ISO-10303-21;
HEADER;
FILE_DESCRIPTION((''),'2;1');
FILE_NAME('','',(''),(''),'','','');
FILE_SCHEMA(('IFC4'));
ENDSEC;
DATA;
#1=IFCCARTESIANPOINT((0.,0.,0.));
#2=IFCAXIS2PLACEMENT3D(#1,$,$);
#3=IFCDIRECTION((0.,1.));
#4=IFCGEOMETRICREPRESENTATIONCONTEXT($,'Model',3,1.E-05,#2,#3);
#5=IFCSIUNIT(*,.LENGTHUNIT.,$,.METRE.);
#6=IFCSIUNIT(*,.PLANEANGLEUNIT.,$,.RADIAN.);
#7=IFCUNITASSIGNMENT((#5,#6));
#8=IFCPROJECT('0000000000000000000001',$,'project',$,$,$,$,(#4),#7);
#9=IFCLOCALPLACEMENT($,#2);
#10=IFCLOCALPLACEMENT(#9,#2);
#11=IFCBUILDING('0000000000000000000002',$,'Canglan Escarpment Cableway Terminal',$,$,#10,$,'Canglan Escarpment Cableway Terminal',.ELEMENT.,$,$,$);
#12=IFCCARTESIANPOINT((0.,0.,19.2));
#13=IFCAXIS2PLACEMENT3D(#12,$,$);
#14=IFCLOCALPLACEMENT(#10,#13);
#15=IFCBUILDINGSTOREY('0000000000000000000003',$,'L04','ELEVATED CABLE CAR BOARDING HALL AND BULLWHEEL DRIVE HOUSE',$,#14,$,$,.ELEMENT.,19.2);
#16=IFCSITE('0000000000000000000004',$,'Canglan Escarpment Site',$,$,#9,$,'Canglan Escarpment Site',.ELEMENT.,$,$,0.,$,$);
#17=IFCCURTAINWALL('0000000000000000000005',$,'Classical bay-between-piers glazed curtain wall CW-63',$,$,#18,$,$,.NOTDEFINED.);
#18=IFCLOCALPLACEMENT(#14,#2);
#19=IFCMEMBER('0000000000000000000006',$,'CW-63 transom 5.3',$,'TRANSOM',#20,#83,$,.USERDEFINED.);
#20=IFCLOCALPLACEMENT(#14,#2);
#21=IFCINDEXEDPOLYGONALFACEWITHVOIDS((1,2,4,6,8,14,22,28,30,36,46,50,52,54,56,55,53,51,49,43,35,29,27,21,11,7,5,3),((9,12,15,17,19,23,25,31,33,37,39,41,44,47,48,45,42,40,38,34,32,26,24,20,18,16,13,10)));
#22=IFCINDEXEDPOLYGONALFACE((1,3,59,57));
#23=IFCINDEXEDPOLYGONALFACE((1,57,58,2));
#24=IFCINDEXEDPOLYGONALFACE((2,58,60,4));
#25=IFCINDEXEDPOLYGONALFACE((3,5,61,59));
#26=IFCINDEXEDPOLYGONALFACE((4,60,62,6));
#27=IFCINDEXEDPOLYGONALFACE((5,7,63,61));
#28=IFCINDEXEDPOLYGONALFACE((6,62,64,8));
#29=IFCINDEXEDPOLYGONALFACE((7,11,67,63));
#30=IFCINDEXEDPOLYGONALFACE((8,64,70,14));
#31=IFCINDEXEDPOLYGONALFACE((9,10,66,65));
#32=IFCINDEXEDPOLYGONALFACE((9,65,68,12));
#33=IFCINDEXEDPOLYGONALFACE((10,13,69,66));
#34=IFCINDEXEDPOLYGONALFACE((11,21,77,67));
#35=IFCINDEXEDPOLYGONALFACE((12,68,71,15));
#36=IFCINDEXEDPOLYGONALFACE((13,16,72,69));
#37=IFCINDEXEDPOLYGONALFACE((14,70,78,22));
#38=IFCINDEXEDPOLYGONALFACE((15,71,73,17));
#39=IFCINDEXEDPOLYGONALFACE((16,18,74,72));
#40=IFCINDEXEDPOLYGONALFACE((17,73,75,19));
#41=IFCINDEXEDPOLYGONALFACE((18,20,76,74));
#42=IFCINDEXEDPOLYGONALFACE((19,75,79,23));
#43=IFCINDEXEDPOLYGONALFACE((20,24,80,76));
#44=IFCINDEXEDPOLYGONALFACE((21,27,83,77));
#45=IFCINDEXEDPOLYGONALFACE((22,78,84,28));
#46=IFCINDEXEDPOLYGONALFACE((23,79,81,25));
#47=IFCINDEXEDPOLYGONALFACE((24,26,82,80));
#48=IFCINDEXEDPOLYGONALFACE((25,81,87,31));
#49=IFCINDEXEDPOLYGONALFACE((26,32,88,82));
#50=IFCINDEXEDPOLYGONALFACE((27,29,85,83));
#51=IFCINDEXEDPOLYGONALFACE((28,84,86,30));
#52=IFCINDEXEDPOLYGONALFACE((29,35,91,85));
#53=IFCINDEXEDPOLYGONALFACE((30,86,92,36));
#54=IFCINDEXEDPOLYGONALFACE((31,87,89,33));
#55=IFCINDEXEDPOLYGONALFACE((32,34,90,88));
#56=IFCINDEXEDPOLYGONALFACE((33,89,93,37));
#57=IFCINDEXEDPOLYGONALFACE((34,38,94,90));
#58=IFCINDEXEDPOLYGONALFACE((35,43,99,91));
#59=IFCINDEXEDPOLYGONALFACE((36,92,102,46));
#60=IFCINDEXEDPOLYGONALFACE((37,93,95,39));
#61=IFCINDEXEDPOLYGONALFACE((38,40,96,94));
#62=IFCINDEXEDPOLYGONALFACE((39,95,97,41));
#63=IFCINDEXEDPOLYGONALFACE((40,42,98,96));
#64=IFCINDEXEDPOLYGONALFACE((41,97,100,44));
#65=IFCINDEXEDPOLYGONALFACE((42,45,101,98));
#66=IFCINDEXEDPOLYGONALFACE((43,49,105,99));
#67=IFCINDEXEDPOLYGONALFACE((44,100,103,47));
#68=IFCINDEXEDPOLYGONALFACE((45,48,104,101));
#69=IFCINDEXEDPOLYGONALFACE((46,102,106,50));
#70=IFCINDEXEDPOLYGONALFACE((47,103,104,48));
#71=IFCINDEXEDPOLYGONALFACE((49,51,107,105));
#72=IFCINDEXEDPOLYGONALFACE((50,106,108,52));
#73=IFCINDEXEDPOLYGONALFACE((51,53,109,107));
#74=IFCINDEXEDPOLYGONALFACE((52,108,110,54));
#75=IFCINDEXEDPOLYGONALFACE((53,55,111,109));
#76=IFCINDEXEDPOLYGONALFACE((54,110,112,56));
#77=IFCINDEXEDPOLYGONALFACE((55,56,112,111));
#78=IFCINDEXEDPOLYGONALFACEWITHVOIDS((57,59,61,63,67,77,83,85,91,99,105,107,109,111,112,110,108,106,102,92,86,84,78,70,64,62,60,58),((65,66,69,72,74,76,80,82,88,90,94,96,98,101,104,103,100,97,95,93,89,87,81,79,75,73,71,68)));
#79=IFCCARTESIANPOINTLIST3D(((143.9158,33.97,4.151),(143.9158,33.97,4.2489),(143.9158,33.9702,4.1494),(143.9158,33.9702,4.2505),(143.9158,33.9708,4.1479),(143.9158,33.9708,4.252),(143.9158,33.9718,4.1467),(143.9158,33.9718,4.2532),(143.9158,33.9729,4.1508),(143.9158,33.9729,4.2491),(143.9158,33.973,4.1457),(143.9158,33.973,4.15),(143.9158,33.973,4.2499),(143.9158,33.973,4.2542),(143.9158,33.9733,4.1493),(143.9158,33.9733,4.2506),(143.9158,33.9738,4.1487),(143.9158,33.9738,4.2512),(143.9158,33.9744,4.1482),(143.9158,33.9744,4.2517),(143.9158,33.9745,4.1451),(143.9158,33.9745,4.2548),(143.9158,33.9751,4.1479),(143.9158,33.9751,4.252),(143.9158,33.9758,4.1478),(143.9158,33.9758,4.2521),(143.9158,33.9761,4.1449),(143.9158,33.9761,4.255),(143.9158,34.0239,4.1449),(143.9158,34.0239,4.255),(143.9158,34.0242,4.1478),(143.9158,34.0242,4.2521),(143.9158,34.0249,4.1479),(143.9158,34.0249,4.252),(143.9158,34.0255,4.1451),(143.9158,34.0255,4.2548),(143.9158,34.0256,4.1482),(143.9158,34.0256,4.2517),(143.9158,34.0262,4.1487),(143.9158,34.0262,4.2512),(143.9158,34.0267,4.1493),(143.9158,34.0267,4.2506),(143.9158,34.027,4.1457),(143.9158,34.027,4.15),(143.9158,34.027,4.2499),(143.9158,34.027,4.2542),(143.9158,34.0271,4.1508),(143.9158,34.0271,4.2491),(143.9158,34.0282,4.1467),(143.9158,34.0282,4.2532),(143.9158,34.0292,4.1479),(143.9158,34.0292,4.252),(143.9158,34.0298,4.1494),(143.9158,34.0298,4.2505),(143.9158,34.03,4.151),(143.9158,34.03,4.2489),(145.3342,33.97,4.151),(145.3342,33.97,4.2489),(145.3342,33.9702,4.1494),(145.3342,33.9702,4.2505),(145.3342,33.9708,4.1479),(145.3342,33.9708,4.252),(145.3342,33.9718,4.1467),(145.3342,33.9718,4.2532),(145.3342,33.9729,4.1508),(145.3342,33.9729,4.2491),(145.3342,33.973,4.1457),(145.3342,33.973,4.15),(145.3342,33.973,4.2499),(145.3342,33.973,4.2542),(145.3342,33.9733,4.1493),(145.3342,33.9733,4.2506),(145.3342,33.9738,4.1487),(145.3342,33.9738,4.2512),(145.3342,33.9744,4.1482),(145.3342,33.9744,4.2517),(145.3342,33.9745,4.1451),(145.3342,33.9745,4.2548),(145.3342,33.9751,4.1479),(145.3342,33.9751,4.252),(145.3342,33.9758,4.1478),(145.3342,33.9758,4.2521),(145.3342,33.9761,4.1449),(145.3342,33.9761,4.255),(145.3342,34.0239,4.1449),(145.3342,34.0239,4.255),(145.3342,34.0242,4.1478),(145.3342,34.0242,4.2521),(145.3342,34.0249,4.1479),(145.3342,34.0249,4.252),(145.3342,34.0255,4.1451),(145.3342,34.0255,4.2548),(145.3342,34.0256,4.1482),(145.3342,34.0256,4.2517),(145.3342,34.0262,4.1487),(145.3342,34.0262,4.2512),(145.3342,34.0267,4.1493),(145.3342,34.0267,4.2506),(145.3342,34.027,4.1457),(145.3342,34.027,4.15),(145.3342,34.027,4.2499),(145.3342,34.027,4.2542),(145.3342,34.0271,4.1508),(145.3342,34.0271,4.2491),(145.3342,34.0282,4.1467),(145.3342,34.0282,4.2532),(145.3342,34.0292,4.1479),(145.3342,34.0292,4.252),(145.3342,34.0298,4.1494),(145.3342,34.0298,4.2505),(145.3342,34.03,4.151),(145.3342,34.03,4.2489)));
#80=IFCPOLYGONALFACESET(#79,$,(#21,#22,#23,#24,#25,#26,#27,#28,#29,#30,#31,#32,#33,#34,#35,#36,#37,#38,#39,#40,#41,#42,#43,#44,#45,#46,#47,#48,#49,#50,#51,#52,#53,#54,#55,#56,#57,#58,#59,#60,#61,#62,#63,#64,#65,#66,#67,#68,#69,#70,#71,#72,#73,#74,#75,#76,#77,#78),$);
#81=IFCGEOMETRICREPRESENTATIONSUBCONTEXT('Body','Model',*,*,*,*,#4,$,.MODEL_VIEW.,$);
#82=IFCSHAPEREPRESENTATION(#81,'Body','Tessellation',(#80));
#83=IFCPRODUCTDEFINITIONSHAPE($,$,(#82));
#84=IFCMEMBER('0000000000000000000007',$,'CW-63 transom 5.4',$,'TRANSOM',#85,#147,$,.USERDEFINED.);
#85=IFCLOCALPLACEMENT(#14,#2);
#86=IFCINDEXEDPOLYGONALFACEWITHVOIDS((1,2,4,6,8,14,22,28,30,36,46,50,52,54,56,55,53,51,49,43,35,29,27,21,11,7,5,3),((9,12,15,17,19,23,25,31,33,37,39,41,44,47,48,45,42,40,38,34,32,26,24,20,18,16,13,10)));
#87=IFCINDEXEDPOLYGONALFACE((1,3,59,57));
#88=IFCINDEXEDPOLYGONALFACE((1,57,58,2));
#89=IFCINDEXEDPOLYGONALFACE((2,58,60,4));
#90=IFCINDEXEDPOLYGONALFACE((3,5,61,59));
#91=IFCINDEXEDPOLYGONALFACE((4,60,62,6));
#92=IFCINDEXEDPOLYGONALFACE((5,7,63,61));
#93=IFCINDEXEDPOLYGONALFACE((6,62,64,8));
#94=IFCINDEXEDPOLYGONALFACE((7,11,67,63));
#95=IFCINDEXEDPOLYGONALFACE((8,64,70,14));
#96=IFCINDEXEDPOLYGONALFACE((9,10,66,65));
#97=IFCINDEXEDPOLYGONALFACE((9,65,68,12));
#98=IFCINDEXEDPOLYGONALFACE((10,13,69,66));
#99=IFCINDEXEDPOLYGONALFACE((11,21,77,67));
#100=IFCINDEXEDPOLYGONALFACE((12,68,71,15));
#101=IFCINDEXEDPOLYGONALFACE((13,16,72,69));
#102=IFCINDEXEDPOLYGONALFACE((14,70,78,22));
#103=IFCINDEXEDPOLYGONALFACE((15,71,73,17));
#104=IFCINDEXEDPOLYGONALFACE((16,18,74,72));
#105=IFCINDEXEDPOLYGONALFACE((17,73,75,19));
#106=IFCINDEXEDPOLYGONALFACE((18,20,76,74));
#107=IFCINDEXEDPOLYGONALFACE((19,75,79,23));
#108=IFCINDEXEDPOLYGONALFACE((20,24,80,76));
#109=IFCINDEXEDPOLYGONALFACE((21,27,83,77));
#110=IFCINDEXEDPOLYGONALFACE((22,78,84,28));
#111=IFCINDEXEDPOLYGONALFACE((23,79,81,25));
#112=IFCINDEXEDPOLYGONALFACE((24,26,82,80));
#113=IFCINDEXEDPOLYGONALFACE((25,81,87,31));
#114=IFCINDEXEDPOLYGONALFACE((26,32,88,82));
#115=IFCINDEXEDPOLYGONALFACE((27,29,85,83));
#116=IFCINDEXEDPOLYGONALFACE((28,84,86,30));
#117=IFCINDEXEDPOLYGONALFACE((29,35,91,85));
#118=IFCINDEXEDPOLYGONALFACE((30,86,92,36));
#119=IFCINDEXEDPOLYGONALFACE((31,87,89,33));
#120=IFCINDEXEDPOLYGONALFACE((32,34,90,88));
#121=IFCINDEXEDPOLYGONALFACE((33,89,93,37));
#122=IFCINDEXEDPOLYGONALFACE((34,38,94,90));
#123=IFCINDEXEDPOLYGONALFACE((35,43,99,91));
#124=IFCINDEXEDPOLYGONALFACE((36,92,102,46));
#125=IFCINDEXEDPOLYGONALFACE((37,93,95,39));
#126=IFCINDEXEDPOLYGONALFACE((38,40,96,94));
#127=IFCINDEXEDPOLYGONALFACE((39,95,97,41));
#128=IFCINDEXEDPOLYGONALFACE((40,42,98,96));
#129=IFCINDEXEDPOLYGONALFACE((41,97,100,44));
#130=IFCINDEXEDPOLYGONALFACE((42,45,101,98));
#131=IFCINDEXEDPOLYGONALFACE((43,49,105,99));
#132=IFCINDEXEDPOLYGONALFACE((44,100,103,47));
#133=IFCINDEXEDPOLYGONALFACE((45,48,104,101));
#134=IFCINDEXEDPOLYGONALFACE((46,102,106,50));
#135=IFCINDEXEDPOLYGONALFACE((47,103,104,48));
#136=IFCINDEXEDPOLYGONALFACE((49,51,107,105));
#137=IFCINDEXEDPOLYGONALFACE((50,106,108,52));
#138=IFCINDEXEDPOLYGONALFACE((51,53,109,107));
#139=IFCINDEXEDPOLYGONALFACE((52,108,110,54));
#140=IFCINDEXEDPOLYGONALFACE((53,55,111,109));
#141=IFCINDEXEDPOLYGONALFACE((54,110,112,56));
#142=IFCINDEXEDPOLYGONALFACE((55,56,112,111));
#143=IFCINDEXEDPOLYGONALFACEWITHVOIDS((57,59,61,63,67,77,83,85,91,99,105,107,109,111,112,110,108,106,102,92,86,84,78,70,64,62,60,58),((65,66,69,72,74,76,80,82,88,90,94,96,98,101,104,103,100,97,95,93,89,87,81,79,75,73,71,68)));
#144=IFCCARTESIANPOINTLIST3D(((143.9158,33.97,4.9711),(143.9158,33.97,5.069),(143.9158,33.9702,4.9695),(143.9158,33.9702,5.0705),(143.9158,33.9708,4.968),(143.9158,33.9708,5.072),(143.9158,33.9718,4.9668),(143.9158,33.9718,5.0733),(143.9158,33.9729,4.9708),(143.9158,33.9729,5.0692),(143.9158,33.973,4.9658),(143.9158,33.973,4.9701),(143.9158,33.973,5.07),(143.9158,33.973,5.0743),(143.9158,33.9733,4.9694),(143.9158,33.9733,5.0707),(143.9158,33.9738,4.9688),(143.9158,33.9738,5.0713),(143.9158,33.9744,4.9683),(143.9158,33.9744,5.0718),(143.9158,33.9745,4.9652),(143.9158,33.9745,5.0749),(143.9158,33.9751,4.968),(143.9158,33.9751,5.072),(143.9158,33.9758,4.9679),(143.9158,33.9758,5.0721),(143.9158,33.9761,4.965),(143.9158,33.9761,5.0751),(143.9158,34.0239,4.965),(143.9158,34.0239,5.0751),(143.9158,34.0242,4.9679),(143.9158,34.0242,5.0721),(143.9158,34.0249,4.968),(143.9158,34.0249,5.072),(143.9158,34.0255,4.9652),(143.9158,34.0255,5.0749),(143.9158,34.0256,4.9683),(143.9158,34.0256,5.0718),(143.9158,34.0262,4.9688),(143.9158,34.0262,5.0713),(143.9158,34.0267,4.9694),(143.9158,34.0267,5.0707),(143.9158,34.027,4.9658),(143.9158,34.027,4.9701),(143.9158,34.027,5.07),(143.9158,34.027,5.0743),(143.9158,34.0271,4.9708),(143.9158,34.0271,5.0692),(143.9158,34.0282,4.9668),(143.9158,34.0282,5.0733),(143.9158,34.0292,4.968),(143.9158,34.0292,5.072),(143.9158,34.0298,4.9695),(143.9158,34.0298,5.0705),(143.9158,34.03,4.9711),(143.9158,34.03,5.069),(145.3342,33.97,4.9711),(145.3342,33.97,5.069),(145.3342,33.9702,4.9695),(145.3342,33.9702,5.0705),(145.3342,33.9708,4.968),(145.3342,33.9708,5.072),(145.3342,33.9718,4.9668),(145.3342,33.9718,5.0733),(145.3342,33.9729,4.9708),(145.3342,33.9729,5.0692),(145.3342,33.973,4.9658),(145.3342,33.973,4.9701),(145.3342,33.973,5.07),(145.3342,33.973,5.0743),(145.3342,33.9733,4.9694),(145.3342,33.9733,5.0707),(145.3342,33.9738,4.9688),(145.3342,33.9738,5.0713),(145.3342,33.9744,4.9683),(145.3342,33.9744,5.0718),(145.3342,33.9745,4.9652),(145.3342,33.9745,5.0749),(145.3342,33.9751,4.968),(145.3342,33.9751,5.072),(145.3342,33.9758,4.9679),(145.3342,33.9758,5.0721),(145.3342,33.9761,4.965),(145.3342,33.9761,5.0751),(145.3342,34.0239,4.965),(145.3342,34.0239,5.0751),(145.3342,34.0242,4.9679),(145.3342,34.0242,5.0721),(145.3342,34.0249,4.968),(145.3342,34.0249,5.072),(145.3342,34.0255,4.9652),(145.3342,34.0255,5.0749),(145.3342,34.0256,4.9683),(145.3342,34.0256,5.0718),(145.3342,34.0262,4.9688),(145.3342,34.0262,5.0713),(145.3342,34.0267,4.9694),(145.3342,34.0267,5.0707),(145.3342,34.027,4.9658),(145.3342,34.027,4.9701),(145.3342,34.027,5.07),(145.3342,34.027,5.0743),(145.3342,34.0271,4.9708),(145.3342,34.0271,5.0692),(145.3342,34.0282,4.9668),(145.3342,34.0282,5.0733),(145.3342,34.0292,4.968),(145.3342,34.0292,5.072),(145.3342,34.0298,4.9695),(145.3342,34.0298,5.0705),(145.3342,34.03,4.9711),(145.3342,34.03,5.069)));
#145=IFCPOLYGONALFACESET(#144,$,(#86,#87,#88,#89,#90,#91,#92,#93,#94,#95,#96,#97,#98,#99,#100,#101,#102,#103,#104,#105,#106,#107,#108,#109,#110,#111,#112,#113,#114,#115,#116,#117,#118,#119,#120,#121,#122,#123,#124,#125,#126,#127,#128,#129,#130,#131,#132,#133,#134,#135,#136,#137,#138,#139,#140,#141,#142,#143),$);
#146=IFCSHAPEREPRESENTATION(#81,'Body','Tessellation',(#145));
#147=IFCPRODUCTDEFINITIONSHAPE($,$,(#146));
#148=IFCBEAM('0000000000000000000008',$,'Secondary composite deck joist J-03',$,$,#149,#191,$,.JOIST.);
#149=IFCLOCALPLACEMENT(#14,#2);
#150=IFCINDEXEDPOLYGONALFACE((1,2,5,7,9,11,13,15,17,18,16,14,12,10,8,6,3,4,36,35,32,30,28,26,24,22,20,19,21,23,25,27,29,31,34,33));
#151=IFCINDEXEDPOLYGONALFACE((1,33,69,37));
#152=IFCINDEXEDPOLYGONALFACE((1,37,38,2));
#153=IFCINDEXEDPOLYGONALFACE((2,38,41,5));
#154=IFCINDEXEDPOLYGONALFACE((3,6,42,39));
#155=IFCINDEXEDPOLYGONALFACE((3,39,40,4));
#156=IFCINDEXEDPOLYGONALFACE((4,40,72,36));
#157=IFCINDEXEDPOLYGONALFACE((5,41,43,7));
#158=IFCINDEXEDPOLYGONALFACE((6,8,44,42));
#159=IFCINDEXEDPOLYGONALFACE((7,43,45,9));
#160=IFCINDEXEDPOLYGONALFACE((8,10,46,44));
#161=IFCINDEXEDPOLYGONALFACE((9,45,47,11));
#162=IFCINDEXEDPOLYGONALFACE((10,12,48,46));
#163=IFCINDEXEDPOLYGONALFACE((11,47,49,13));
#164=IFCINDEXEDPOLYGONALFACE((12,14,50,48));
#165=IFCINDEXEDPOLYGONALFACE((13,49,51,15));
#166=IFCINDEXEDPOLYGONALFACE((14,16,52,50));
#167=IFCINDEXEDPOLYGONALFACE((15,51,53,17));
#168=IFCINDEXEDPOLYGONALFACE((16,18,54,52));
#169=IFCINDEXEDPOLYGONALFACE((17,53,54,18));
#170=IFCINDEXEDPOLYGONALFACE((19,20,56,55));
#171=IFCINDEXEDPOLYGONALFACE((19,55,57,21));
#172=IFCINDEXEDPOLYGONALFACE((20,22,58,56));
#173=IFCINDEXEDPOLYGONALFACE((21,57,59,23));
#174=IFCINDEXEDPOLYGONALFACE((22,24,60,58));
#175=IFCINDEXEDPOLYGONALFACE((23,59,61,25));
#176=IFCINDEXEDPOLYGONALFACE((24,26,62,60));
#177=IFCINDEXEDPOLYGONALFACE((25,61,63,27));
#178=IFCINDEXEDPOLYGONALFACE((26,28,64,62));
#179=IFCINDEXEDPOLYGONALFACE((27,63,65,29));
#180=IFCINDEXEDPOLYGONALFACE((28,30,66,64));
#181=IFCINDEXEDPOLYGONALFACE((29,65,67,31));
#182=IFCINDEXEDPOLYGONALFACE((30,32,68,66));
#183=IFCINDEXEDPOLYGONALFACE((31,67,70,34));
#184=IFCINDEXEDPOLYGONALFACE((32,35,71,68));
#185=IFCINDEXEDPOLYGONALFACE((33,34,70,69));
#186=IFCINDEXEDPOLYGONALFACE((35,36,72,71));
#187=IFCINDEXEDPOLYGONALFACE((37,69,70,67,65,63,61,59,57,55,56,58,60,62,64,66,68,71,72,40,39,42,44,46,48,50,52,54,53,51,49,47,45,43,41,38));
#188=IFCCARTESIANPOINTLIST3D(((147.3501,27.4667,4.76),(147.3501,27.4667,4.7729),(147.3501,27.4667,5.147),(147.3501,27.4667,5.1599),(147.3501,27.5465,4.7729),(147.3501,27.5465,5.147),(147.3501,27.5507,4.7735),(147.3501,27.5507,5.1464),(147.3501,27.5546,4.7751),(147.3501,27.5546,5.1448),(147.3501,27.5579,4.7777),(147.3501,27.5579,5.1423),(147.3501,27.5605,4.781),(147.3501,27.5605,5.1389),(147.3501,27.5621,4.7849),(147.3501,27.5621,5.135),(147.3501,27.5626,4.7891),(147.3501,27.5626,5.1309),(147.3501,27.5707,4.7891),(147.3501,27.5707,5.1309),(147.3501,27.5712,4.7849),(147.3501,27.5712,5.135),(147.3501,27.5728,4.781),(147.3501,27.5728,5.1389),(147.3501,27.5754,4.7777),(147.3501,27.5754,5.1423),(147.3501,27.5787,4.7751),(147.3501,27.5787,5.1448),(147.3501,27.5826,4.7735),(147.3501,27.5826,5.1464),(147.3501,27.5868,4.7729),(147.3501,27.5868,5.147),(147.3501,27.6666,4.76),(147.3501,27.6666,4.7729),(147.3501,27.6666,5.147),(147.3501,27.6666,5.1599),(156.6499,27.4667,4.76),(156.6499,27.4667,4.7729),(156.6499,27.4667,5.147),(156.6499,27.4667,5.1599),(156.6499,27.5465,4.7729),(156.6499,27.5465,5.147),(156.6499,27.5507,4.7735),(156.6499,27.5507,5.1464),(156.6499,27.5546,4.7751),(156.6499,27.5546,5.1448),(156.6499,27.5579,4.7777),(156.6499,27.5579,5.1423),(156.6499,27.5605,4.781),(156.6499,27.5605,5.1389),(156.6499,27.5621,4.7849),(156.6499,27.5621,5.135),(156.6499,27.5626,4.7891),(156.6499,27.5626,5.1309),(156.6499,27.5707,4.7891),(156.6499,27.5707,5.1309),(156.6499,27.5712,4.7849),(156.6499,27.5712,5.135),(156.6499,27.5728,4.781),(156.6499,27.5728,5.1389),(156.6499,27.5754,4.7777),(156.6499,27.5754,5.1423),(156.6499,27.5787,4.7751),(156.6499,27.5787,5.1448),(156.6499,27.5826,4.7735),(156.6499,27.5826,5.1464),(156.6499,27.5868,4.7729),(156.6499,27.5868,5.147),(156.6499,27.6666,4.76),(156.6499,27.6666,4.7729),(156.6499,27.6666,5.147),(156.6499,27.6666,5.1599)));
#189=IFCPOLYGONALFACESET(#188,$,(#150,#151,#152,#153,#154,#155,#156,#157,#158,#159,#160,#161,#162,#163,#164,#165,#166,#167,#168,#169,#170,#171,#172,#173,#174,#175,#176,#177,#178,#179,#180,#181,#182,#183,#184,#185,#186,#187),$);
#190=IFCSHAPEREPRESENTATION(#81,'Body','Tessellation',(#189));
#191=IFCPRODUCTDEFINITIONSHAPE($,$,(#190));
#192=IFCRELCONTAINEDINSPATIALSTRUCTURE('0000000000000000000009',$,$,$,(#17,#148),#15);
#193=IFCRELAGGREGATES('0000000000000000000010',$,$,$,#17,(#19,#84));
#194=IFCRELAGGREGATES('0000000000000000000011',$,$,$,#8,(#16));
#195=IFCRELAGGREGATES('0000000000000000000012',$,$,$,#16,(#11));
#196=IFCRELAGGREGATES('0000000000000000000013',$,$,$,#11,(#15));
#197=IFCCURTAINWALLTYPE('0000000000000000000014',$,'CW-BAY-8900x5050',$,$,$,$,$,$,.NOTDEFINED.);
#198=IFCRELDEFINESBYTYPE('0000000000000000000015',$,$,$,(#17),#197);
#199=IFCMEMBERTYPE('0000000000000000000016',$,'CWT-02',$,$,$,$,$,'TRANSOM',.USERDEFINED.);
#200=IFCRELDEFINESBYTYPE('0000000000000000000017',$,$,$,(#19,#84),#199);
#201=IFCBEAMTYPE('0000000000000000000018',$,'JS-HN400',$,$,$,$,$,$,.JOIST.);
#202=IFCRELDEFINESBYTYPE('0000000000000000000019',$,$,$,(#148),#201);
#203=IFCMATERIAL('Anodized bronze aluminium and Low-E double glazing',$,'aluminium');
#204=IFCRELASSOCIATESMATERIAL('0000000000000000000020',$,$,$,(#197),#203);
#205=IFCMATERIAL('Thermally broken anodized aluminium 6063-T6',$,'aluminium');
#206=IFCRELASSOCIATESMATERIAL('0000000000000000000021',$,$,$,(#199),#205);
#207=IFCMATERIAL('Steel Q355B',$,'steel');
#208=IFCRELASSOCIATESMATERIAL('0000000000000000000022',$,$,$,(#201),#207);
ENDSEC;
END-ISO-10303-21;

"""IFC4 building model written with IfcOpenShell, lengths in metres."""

from ifc_helpers import new_model, si_unit, direction, frame, origin, origin_2d, place, context, subcontext, project, spatial, hollow_rectangle, i_section, extrude, material, material_profile, profile_set, type_object, element, aggregate, save


model = new_model("IFC4")

# Units and contexts
model_context = context("Model", 3, precision=1e-05, world=origin(), true_north=direction((0.0, 1.0)))
body_context = subcontext(model_context, "Body", "Model", "MODEL_VIEW")
ifc_project = project(units=[si_unit("LENGTHUNIT", "METRE"), si_unit("PLANEANGLEUNIT", "RADIAN")], contexts=[model_context])

# Site, building, storey
site_placement = place(None, origin())
site = spatial("IfcSite", under=ifc_project, at=site_placement, Name="Canglan Escarpment Site", LongName="Canglan Escarpment Site", CompositionType="ELEMENT", RefElevation=0.0)
building_placement = place(site_placement, origin())
building = spatial("IfcBuilding", under=site, at=building_placement, Name="Canglan Escarpment Cableway Terminal", LongName="Canglan Escarpment Cableway Terminal", CompositionType="ELEMENT")
storey_placement = place(building_placement, frame((0.0, 0.0, 19.2)))
storey = spatial("IfcBuildingStorey", under=building, at=storey_placement, Name="L04", Description="ELEVATED CABLE CAR BOARDING HALL AND BULLWHEEL DRIVE HOUSE", CompositionType="ELEMENT", Elevation=19.2)

# Shared definitions
ifc_material_1 = material(Name="Steel Q355B", Category="steel")

# Curtain wall
ifc_material_2 = material(Name="Anodized bronze aluminium and Low-E double glazing", Category="aluminium")
ifc_material_3 = material(Name="Thermally broken anodized aluminium 6063-T6", Category="aluminium")
curtain_wall_type_1 = type_object("IfcCurtainWallType", Name="CW-BAY-8900x5050", PredefinedType="NOTDEFINED", material=ifc_material_2)
curtain_wall_1_placement = place(storey_placement, origin())
curtain_wall_1 = element("IfcCurtainWall", 1, at=curtain_wall_1_placement, inside=storey, type_object=curtain_wall_type_1, Name="Classical bay-between-piers glazed curtain wall CW-63", PredefinedType="NOTDEFINED")

# Members
ifc_material_profile_1 = material_profile(ifc_material_3, hollow_rectangle(XDim=0.0601, YDim=0.1101, WallThickness=0.0029, InnerFilletRadius=0.0029, OuterFilletRadius=0.0061, at=origin_2d()), Name="ALU-TRAN 60x110x3")
ifc_profile_set_1 = profile_set([ifc_material_profile_1], Name="Thermally broken anodized aluminium 6063-T6")
member_type_1 = type_object("IfcMemberType", Name="CWT-02", ElementType="TRANSOM", PredefinedType="USERDEFINED", material=ifc_profile_set_1)
member_1_placement = place(storey_placement, frame((143.9158, 34.0, 4.2), z_axis=(1.0, 0.0, 0.0), x_axis=(0.0, 1.0, 0.0)))
member_1 = element("IfcMember", 2, at=member_1_placement, type_object=member_type_1, Name="CW-63 transom 5.3", ObjectType="TRANSOM", PredefinedType="USERDEFINED", context=body_context, shape_type="SweptSolid", body=[
    extrude(hollow_rectangle(XDim=0.0601, YDim=0.1101, WallThickness=0.0029, InnerFilletRadius=0.0029, OuterFilletRadius=0.0061, at=origin_2d()), origin(), (0.0, 0.0, 1.0), 1.4185),
])
member_2_placement = place(storey_placement, frame((143.9158, 34.0, 5.02), z_axis=(1.0, 0.0, 0.0), x_axis=(0.0, 1.0, 0.0)))
member_2 = element("IfcMember", 3, at=member_2_placement, type_object=member_type_1, Name="CW-63 transom 5.4", ObjectType="TRANSOM", PredefinedType="USERDEFINED", context=body_context, shape_type="SweptSolid", body=[
    extrude(hollow_rectangle(XDim=0.0601, YDim=0.1101, WallThickness=0.0029, InnerFilletRadius=0.0029, OuterFilletRadius=0.0061, at=origin_2d()), origin(), (0.0, 0.0, 1.0), 1.4185),
])

# Beam
ifc_material_profile_2 = material_profile(ifc_material_1, i_section(OverallWidth=0.2, OverallDepth=0.3999, WebThickness=0.0081, FlangeThickness=0.0129, FilletRadius=0.0161, at=origin_2d()), Name="HN 400x200x8x13")
ifc_profile_set_2 = profile_set([ifc_material_profile_2], Name="Steel Q355B")
beam_type_1 = type_object("IfcBeamType", Name="JS-HN400", PredefinedType="JOIST", material=ifc_profile_set_2)
for number, where, z_axis, x_axis, name in (
    (4, (147.3501, 27.5667, 4.96), (1.0, 0.0, 0.0), (0.0, 1.0, 0.0), "Secondary composite deck joist J-03"),
):
    element("IfcBeam", number, at=place(storey_placement, frame(where, z_axis=z_axis, x_axis=x_axis)), inside=storey, type_object=beam_type_1, Name=name, PredefinedType="JOIST", context=body_context, shape_type="SweptSolid", body=[
        extrude(i_section(OverallWidth=0.2, OverallDepth=0.3999, WebThickness=0.0081, FlangeThickness=0.0129, FilletRadius=0.0161, at=origin_2d()), origin(), (0.0, 0.0, 1.0), 9.2998),
    ])

aggregate(curtain_wall_1, [member_1, member_2])

save(model, "model.ifc")
